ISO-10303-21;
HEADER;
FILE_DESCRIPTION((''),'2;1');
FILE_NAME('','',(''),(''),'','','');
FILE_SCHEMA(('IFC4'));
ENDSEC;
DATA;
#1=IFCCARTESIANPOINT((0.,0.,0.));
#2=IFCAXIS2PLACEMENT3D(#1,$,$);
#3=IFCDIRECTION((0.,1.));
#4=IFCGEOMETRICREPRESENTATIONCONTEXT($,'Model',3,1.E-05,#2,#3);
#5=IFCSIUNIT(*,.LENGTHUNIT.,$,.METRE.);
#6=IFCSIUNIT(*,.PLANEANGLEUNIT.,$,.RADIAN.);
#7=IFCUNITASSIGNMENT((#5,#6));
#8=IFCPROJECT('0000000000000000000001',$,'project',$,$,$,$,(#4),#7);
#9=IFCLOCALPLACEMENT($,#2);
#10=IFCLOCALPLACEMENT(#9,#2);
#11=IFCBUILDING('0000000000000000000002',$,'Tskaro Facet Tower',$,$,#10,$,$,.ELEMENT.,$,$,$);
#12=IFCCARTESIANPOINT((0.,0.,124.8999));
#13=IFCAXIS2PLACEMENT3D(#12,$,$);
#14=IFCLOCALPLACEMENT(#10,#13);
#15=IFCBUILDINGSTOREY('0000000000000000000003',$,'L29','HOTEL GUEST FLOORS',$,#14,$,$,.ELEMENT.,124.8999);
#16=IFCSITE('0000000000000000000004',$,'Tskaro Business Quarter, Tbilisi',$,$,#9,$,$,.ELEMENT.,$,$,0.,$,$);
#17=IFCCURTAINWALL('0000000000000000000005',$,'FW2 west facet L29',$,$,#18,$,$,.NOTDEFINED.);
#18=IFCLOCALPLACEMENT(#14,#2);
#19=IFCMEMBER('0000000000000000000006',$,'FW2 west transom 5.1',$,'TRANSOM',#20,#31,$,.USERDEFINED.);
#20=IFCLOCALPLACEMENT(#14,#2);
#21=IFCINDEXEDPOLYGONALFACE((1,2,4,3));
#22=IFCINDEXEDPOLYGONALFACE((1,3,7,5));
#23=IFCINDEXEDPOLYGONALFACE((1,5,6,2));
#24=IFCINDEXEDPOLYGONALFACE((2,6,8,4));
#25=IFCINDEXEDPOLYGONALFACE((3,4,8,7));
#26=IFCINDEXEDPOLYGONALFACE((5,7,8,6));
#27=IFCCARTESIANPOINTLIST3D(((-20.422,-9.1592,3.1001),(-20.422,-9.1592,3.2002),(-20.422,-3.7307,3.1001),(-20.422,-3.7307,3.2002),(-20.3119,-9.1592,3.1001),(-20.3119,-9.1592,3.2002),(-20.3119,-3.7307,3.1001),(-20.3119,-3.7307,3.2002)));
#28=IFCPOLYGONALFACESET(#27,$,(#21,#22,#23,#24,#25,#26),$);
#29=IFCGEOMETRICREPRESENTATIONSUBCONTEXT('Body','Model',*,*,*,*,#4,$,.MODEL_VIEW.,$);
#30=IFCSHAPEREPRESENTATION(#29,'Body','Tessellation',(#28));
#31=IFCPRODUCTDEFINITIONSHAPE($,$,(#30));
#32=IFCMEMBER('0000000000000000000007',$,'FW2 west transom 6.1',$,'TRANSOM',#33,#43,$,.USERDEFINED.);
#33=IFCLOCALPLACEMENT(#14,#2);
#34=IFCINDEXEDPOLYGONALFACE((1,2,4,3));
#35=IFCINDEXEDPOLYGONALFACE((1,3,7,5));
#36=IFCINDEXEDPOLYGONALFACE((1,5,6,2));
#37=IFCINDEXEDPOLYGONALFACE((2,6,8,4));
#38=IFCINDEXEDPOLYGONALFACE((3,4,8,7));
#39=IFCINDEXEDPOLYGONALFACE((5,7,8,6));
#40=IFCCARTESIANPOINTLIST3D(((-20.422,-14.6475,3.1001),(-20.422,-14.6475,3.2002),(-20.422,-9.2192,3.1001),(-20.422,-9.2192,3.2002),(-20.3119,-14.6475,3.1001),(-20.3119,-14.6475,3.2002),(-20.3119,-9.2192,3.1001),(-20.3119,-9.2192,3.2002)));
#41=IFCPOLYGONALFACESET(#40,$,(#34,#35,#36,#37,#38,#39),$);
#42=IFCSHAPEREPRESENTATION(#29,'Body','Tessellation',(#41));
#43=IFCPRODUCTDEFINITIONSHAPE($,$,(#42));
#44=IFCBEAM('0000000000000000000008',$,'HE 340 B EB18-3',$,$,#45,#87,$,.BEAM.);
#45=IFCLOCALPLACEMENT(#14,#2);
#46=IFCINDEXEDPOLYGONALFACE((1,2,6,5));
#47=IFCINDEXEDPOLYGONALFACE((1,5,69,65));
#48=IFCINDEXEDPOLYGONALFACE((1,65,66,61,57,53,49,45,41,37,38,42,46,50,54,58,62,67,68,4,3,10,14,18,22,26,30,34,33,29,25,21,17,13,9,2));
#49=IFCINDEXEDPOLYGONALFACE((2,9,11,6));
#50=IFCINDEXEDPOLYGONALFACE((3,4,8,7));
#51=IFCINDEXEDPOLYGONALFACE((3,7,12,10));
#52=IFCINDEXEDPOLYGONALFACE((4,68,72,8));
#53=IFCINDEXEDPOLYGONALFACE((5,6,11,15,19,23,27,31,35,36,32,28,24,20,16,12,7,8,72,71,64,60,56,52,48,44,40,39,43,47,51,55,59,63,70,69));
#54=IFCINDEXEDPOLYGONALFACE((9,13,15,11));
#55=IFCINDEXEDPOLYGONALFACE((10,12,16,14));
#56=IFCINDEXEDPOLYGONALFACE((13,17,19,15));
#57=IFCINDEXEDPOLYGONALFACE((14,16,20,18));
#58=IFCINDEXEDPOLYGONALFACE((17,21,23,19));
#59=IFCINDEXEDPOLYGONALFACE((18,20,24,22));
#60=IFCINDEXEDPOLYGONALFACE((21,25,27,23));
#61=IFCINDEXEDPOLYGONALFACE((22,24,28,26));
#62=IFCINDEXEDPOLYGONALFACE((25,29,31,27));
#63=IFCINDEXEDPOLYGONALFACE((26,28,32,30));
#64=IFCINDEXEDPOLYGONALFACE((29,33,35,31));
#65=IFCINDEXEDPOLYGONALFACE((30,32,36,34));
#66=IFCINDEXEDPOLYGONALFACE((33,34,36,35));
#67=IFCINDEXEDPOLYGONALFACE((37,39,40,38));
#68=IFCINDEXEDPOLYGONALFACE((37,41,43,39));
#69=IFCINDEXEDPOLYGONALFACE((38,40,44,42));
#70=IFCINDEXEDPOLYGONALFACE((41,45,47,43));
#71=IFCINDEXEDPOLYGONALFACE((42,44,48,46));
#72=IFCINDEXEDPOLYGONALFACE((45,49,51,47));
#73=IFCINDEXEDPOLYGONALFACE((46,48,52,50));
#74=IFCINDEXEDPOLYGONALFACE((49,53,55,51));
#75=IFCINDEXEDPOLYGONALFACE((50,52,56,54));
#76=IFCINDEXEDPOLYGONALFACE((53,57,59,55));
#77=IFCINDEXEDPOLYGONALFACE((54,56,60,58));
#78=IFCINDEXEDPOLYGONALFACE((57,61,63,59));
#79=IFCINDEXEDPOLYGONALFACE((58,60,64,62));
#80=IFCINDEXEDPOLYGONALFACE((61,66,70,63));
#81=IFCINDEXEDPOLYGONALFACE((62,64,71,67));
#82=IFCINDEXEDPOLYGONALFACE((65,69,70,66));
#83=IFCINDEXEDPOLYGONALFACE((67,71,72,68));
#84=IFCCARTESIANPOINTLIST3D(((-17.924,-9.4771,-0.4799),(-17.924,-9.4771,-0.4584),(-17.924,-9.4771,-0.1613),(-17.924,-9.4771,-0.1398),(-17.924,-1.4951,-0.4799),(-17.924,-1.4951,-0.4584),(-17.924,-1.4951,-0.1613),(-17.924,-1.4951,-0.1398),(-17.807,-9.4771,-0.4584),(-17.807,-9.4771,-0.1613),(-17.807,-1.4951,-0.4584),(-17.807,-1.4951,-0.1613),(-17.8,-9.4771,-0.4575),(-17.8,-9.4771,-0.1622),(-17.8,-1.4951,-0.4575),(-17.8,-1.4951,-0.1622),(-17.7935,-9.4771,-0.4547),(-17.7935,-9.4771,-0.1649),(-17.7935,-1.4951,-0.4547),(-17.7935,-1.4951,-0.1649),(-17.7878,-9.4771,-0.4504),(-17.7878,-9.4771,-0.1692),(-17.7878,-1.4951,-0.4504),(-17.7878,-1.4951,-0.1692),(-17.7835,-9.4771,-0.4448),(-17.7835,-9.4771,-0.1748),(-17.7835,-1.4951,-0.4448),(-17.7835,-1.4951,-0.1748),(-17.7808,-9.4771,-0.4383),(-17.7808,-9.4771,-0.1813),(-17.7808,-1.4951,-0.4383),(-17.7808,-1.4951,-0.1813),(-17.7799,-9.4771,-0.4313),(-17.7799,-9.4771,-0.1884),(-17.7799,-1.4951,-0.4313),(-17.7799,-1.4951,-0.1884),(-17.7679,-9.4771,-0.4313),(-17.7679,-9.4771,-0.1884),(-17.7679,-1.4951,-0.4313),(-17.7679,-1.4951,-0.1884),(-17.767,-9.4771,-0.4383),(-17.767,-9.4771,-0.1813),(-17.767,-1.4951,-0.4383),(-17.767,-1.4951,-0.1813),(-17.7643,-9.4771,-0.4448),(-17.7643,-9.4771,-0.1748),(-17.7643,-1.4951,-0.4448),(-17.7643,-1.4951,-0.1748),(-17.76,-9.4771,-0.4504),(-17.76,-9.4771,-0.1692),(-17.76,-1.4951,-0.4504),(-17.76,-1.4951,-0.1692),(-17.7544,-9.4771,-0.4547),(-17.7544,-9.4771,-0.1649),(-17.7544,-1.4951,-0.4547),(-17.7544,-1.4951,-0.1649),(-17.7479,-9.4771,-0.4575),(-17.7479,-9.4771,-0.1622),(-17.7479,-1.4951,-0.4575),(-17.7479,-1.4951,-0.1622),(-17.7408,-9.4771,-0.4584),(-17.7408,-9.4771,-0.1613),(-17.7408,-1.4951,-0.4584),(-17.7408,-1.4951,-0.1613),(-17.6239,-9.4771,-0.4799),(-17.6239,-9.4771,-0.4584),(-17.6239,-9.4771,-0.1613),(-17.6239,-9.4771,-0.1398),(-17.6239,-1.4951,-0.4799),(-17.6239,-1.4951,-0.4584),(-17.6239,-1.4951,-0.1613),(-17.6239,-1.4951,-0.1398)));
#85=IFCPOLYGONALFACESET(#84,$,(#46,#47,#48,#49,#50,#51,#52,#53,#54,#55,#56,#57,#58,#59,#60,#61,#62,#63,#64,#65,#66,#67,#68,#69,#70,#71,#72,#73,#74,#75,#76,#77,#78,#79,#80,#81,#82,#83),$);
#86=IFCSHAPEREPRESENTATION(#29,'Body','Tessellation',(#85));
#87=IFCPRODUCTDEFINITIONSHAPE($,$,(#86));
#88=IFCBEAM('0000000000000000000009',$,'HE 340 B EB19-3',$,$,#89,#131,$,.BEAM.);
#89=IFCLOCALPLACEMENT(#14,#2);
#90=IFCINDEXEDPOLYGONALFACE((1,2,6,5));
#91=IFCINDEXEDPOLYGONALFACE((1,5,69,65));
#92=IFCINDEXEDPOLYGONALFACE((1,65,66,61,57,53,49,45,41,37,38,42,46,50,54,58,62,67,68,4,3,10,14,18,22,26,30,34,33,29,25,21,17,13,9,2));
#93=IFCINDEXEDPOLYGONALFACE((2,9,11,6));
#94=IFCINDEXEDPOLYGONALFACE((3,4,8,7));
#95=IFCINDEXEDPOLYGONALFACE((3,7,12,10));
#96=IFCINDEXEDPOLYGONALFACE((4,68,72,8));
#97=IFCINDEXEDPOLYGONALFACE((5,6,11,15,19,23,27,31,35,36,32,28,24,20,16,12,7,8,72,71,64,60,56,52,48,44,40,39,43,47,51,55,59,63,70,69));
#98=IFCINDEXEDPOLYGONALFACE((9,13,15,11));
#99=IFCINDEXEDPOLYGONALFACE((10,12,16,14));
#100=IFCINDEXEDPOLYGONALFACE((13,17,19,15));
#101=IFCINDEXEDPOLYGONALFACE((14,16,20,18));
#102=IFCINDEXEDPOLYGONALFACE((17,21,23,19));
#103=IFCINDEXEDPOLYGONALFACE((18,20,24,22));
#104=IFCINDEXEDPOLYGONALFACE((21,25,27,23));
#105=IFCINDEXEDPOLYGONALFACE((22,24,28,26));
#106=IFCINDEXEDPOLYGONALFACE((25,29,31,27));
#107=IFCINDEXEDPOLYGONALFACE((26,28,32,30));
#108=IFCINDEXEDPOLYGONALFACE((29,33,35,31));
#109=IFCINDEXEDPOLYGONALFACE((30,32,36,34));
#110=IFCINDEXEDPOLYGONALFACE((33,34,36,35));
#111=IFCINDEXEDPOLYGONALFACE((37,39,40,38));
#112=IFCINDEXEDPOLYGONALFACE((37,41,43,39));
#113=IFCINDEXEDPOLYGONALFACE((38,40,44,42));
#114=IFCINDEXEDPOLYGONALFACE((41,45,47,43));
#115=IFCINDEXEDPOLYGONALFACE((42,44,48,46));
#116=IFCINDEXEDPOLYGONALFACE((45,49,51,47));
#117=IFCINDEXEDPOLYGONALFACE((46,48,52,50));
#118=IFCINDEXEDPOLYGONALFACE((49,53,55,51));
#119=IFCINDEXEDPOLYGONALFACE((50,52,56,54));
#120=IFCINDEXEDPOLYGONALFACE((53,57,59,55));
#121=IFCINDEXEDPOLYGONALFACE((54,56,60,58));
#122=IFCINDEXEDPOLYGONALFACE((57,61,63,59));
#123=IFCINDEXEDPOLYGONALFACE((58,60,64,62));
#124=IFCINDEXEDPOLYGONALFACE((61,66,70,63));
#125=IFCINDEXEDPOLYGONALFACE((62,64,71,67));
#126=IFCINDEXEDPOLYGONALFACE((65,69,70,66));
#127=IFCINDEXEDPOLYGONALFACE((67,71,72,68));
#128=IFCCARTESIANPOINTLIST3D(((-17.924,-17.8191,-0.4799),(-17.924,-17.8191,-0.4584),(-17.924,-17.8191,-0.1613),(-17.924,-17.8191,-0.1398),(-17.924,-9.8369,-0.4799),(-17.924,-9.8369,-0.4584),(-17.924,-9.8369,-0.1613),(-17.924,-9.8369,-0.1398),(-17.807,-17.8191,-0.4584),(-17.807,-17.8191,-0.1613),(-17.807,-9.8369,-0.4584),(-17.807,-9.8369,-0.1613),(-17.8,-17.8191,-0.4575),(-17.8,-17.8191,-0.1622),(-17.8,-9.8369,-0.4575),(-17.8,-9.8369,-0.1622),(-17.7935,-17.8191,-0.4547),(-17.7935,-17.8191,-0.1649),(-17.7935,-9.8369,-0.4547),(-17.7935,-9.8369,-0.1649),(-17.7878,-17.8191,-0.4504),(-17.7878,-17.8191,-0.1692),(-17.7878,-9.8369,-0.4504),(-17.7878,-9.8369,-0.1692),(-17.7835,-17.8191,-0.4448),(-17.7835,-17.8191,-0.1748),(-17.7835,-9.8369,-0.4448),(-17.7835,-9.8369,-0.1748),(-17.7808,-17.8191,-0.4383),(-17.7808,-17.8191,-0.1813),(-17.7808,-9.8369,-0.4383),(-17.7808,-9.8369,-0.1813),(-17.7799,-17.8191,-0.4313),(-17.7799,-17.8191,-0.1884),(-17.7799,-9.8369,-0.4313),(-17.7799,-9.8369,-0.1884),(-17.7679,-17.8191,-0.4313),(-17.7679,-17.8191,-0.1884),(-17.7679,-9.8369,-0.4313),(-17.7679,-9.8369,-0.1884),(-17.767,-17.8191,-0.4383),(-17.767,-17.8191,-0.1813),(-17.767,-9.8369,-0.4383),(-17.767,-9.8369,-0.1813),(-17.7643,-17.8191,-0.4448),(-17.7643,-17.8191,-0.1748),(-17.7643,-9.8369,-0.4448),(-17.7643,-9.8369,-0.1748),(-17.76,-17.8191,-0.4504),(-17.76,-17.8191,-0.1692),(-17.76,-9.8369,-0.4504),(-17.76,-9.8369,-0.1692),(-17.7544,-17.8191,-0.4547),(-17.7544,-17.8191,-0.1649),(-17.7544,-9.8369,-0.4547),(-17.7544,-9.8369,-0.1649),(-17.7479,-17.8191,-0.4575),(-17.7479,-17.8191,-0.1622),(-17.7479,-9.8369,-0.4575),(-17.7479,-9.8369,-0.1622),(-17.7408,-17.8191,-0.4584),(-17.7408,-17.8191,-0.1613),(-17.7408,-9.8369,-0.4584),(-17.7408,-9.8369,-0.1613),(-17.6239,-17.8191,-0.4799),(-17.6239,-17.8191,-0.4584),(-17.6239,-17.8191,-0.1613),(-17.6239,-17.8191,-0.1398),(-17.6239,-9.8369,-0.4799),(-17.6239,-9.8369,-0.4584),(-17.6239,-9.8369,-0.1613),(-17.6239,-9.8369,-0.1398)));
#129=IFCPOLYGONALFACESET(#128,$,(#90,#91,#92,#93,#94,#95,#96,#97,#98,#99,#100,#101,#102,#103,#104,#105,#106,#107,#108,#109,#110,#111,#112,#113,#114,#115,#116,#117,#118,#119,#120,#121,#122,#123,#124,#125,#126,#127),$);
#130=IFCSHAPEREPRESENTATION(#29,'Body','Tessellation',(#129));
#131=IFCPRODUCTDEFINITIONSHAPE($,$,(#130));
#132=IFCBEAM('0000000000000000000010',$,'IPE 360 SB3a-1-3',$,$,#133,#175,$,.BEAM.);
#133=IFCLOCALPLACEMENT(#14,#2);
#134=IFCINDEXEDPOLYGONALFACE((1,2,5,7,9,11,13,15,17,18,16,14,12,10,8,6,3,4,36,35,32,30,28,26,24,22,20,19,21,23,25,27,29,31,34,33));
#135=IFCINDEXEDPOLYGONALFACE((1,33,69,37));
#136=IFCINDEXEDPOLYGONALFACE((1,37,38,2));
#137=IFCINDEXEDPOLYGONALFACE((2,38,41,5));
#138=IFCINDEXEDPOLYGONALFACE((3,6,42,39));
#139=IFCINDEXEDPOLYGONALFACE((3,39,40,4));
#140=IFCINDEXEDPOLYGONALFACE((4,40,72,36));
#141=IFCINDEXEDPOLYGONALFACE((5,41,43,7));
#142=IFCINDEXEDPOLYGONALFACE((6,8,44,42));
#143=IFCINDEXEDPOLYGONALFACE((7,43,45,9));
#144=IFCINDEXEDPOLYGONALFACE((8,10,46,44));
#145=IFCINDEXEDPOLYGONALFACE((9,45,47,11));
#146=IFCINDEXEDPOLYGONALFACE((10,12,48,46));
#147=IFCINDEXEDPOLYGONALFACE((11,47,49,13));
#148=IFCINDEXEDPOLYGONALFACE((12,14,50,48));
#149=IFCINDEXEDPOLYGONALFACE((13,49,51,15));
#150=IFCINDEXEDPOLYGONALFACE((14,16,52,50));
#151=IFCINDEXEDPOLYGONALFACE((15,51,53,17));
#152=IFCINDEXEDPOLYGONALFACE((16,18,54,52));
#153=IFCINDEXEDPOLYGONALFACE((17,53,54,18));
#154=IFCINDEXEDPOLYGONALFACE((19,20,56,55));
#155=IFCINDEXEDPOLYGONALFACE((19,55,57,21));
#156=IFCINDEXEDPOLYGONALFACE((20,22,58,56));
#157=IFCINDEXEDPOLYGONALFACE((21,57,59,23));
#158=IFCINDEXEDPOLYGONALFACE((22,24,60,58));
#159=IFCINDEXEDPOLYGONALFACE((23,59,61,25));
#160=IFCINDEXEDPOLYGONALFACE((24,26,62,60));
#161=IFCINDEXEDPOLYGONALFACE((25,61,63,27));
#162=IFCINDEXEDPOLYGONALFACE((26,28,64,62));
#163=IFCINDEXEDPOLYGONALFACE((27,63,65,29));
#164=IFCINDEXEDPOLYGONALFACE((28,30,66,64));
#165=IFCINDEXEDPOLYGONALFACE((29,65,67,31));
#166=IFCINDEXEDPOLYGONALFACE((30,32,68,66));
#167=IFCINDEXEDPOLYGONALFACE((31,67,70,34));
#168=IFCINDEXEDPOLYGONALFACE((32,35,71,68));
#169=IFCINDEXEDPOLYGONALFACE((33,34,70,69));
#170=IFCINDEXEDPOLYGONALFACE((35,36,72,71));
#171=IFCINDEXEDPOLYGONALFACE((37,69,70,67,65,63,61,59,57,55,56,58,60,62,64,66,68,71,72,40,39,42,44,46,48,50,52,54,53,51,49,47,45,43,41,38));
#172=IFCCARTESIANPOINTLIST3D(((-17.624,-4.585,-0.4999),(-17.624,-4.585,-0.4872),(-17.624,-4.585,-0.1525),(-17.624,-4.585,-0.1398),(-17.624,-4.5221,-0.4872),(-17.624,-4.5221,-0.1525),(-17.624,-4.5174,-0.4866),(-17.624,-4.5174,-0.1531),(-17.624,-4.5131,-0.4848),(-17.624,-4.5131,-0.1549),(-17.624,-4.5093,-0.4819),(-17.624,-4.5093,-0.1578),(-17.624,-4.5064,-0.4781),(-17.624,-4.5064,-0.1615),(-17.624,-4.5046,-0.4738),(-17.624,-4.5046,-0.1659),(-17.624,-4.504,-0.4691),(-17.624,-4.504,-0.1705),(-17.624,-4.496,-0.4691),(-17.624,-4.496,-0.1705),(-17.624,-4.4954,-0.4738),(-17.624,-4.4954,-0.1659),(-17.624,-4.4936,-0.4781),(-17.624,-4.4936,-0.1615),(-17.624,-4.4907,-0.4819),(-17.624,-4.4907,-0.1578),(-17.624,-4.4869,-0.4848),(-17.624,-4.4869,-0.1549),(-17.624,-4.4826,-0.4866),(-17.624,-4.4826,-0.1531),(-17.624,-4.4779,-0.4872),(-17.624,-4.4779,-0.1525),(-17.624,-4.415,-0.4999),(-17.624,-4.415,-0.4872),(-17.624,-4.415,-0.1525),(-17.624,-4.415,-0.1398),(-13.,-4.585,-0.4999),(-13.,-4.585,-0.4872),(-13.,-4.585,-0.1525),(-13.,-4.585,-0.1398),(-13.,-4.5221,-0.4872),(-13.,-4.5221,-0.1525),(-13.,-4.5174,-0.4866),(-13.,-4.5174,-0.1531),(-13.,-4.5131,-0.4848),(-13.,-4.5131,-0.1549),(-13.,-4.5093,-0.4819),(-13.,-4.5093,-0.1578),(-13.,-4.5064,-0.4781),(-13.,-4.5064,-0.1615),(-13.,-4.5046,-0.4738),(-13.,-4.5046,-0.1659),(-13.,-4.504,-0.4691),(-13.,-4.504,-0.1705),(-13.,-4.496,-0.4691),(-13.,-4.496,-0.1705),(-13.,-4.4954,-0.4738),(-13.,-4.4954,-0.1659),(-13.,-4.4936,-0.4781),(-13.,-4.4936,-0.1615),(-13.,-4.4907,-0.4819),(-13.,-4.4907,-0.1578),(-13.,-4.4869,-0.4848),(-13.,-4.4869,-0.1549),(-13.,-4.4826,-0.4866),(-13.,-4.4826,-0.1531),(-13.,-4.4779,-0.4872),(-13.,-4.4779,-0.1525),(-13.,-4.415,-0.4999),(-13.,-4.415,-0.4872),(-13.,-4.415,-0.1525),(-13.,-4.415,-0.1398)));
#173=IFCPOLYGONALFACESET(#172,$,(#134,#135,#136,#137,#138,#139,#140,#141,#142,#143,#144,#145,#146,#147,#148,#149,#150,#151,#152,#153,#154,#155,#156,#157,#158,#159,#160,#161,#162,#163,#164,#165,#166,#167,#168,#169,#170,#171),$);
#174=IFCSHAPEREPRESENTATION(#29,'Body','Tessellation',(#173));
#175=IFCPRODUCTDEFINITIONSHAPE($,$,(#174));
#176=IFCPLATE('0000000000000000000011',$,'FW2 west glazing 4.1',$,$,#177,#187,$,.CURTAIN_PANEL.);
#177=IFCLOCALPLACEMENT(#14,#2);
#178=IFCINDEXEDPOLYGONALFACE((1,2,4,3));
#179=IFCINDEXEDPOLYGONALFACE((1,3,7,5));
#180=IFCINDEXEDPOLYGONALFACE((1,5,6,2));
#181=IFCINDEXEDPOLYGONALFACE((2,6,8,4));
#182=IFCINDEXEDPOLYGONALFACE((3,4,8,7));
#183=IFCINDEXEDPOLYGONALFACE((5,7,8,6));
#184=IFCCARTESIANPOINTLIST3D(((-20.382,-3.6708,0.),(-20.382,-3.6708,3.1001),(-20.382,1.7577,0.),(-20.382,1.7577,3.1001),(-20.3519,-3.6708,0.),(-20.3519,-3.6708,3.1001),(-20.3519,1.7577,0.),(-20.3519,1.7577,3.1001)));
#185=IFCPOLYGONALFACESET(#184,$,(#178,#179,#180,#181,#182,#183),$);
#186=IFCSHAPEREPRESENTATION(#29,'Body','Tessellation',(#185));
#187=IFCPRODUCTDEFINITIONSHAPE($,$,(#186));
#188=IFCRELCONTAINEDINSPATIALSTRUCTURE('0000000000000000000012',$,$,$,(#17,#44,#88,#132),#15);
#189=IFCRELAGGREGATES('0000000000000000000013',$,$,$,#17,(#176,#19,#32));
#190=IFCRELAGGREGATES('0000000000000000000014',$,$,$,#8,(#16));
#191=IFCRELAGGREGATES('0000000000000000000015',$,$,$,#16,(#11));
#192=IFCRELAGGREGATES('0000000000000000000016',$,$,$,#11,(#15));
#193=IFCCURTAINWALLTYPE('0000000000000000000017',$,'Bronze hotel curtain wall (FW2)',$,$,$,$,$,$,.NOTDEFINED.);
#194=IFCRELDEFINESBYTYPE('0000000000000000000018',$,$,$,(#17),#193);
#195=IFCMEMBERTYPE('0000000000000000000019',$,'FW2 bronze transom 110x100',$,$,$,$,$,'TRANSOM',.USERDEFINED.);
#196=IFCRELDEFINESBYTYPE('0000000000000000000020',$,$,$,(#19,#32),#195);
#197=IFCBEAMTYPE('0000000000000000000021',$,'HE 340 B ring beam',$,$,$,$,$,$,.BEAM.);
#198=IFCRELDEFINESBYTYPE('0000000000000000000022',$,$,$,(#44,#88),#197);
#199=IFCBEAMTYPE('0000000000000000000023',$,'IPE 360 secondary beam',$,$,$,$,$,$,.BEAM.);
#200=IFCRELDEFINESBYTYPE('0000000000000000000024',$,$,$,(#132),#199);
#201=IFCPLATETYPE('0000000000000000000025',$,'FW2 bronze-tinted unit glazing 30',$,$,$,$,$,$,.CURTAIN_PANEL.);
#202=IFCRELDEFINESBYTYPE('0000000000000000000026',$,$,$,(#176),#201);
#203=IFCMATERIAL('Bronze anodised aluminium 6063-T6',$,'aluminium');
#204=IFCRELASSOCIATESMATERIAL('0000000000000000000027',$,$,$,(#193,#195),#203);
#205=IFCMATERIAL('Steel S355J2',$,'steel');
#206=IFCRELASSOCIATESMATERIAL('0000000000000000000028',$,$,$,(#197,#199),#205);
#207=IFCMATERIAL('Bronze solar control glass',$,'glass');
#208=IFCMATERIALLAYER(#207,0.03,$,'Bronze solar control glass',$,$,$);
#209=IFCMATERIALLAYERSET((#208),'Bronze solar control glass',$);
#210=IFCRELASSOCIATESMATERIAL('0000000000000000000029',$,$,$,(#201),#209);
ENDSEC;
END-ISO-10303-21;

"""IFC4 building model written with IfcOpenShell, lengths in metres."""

from ifc_helpers import new_model, si_unit, direction, frame, origin, origin_2d, place, context, subcontext, project, spatial, rectangle, i_section, extrude, material, layer, layer_set, material_profile, profile_set, type_object, element, aggregate, save


model = new_model("IFC4")

# Units and contexts
model_context = context("Model", 3, precision=1e-05, world=origin(), true_north=direction((0.0, 1.0)))
body_context = subcontext(model_context, "Body", "Model", "MODEL_VIEW")
ifc_project = project(units=[si_unit("LENGTHUNIT", "METRE"), si_unit("PLANEANGLEUNIT", "RADIAN")], contexts=[model_context])

# Site, building, storey
site_placement = place(None, origin())
site = spatial("IfcSite", under=ifc_project, at=site_placement, Name="Tskaro Business Quarter, Tbilisi", CompositionType="ELEMENT", RefElevation=0.0)
building_placement = place(site_placement, origin())
building = spatial("IfcBuilding", under=site, at=building_placement, Name="Tskaro Facet Tower", CompositionType="ELEMENT")
storey_placement = place(building_placement, frame((0.0, 0.0, 124.8999)))
storey = spatial("IfcBuildingStorey", under=building, at=storey_placement, Name="L29", Description="HOTEL GUEST FLOORS", CompositionType="ELEMENT", Elevation=124.8999)

# Curtain wall, members
ifc_material_1 = material(Name="Bronze anodised aluminium 6063-T6", Category="aluminium")
curtain_wall_type = type_object("IfcCurtainWallType", Name="Bronze hotel curtain wall (FW2)", PredefinedType="NOTDEFINED", material=ifc_material_1)
curtain_wall_placement = place(storey_placement, origin())
curtain_wall = element("IfcCurtainWall", 1, at=curtain_wall_placement, inside=storey, type_object=curtain_wall_type, Name="FW2 west facet L29", PredefinedType="NOTDEFINED")
ifc_material_profile_1 = material_profile(ifc_material_1, rectangle(XDim=0.1101, YDim=0.1001, at=origin_2d()), Name="Transom 110x100")
ifc_profile_set_1 = profile_set([ifc_material_profile_1], Name="Bronze anodised aluminium 6063-T6")
member_type_1 = type_object("IfcMemberType", Name="FW2 bronze transom 110x100", ElementType="TRANSOM", PredefinedType="USERDEFINED", material=ifc_profile_set_1)
member_1_placement = place(storey_placement, frame((-20.3669, -3.7307, 3.1501), z_axis=(0.0, -1.0, 0.0), x_axis=(1.0, 0.0, 0.0)))
member_1 = element("IfcMember", 2, at=member_1_placement, type_object=member_type_1, Name="FW2 west transom 5.1", ObjectType="TRANSOM", PredefinedType="USERDEFINED", context=body_context, shape_type="SweptSolid", body=[
    extrude(rectangle(XDim=0.1101, YDim=0.1001, at=origin_2d()), origin(), (0.0, 0.0, 1.0), 5.4285),
])
member_2_placement = place(storey_placement, frame((-20.3669, -9.2192, 3.1501), z_axis=(0.0, -1.0, 0.0), x_axis=(1.0, 0.0, 0.0)))
member_2 = element("IfcMember", 3, at=member_2_placement, type_object=member_type_1, Name="FW2 west transom 6.1", ObjectType="TRANSOM", PredefinedType="USERDEFINED", context=body_context, shape_type="SweptSolid", body=[
    extrude(rectangle(XDim=0.1101, YDim=0.1001, at=origin_2d()), origin(), (0.0, 0.0, 1.0), 5.4282),
])

# Beams
ifc_material_2 = material(Name="Steel S355J2", Category="steel")
ifc_material_profile_2 = material_profile(ifc_material_2, i_section(OverallWidth=0.3, OverallDepth=0.3401, WebThickness=0.012, FlangeThickness=0.0215, FilletRadius=0.0271, at=origin_2d()), Name="HE 340 B")
ifc_profile_set_2 = profile_set([ifc_material_profile_2], Name="Steel S355J2")
beam_type_1 = type_object("IfcBeamType", Name="HE 340 B ring beam", PredefinedType="BEAM", material=ifc_profile_set_2)
beam_1_placement = place(storey_placement, frame((-17.7739, -1.4951, -0.3098), z_axis=(0.0, -1.0, 0.0), x_axis=(1.0, 0.0, 0.0)))
element("IfcBeam", 4, at=beam_1_placement, inside=storey, type_object=beam_type_1, Name="HE 340 B EB18-3", PredefinedType="BEAM", context=body_context, shape_type="SweptSolid", body=[
    extrude(i_section(OverallWidth=0.3, OverallDepth=0.3401, WebThickness=0.012, FlangeThickness=0.0215, FilletRadius=0.0271, at=origin_2d()), origin(), (0.0, 0.0, 1.0), 7.9819),
])
beam_2_placement = place(storey_placement, frame((-17.7739, -9.8369, -0.3098), z_axis=(0.0, -1.0, 0.0), x_axis=(1.0, 0.0, 0.0)))
element("IfcBeam", 5, at=beam_2_placement, inside=storey, type_object=beam_type_1, Name="HE 340 B EB19-3", PredefinedType="BEAM", context=body_context, shape_type="SweptSolid", body=[
    extrude(i_section(OverallWidth=0.3, OverallDepth=0.3401, WebThickness=0.012, FlangeThickness=0.0215, FilletRadius=0.0271, at=origin_2d()), origin(), (0.0, 0.0, 1.0), 7.9822),
])
ifc_material_profile_3 = material_profile(ifc_material_2, i_section(OverallWidth=0.1699, OverallDepth=0.3601, WebThickness=0.0081, FlangeThickness=0.0127, FilletRadius=0.0181, at=origin_2d()), Name="IPE 360")
ifc_profile_set_3 = profile_set([ifc_material_profile_3], Name="Steel S355J2")
beam_type_2 = type_object("IfcBeamType", Name="IPE 360 secondary beam", PredefinedType="BEAM", material=ifc_profile_set_3)
beam_3_placement = place(storey_placement, frame((-17.624, -4.5, -0.3198), z_axis=(1.0, 0.0, 0.0), x_axis=(0.0, 1.0, 0.0)))
element("IfcBeam", 6, at=beam_3_placement, inside=storey, type_object=beam_type_2, Name="IPE 360 SB3a-1-3", PredefinedType="BEAM", context=body_context, shape_type="SweptSolid", body=[
    extrude(i_section(OverallWidth=0.1699, OverallDepth=0.3601, WebThickness=0.0081, FlangeThickness=0.0127, FilletRadius=0.0181, at=origin_2d()), origin(), (0.0, 0.0, 1.0), 4.624),
])

# Plate
ifc_material_3 = material(Name="Bronze solar control glass", Category="glass")
ifc_layer_1 = layer(ifc_material_3, 0.03, Name="Bronze solar control glass")
ifc_layer_set_1 = layer_set([ifc_layer_1], Name="Bronze solar control glass")
plate_type = type_object("IfcPlateType", Name="FW2 bronze-tinted unit glazing 30", PredefinedType="CURTAIN_PANEL", material=ifc_layer_set_1)
plate_1_placement = place(storey_placement, frame((-20.3669, -0.9565, 0.0), z_axis=(0.0, 0.0, 1.0), x_axis=(0.0, -1.0, 0.0)))
plate_1 = element("IfcPlate", 7, at=plate_1_placement, type_object=plate_type, Name="FW2 west glazing 4.1", PredefinedType="CURTAIN_PANEL", context=body_context, shape_type="SweptSolid", body=[
    extrude(rectangle(XDim=5.4285, YDim=0.03, at=origin_2d()), origin(), (0.0, 0.0, 1.0), 3.1001),
])
aggregate(curtain_wall, [plate_1, member_1, member_2])

save(model, "model.ifc")
